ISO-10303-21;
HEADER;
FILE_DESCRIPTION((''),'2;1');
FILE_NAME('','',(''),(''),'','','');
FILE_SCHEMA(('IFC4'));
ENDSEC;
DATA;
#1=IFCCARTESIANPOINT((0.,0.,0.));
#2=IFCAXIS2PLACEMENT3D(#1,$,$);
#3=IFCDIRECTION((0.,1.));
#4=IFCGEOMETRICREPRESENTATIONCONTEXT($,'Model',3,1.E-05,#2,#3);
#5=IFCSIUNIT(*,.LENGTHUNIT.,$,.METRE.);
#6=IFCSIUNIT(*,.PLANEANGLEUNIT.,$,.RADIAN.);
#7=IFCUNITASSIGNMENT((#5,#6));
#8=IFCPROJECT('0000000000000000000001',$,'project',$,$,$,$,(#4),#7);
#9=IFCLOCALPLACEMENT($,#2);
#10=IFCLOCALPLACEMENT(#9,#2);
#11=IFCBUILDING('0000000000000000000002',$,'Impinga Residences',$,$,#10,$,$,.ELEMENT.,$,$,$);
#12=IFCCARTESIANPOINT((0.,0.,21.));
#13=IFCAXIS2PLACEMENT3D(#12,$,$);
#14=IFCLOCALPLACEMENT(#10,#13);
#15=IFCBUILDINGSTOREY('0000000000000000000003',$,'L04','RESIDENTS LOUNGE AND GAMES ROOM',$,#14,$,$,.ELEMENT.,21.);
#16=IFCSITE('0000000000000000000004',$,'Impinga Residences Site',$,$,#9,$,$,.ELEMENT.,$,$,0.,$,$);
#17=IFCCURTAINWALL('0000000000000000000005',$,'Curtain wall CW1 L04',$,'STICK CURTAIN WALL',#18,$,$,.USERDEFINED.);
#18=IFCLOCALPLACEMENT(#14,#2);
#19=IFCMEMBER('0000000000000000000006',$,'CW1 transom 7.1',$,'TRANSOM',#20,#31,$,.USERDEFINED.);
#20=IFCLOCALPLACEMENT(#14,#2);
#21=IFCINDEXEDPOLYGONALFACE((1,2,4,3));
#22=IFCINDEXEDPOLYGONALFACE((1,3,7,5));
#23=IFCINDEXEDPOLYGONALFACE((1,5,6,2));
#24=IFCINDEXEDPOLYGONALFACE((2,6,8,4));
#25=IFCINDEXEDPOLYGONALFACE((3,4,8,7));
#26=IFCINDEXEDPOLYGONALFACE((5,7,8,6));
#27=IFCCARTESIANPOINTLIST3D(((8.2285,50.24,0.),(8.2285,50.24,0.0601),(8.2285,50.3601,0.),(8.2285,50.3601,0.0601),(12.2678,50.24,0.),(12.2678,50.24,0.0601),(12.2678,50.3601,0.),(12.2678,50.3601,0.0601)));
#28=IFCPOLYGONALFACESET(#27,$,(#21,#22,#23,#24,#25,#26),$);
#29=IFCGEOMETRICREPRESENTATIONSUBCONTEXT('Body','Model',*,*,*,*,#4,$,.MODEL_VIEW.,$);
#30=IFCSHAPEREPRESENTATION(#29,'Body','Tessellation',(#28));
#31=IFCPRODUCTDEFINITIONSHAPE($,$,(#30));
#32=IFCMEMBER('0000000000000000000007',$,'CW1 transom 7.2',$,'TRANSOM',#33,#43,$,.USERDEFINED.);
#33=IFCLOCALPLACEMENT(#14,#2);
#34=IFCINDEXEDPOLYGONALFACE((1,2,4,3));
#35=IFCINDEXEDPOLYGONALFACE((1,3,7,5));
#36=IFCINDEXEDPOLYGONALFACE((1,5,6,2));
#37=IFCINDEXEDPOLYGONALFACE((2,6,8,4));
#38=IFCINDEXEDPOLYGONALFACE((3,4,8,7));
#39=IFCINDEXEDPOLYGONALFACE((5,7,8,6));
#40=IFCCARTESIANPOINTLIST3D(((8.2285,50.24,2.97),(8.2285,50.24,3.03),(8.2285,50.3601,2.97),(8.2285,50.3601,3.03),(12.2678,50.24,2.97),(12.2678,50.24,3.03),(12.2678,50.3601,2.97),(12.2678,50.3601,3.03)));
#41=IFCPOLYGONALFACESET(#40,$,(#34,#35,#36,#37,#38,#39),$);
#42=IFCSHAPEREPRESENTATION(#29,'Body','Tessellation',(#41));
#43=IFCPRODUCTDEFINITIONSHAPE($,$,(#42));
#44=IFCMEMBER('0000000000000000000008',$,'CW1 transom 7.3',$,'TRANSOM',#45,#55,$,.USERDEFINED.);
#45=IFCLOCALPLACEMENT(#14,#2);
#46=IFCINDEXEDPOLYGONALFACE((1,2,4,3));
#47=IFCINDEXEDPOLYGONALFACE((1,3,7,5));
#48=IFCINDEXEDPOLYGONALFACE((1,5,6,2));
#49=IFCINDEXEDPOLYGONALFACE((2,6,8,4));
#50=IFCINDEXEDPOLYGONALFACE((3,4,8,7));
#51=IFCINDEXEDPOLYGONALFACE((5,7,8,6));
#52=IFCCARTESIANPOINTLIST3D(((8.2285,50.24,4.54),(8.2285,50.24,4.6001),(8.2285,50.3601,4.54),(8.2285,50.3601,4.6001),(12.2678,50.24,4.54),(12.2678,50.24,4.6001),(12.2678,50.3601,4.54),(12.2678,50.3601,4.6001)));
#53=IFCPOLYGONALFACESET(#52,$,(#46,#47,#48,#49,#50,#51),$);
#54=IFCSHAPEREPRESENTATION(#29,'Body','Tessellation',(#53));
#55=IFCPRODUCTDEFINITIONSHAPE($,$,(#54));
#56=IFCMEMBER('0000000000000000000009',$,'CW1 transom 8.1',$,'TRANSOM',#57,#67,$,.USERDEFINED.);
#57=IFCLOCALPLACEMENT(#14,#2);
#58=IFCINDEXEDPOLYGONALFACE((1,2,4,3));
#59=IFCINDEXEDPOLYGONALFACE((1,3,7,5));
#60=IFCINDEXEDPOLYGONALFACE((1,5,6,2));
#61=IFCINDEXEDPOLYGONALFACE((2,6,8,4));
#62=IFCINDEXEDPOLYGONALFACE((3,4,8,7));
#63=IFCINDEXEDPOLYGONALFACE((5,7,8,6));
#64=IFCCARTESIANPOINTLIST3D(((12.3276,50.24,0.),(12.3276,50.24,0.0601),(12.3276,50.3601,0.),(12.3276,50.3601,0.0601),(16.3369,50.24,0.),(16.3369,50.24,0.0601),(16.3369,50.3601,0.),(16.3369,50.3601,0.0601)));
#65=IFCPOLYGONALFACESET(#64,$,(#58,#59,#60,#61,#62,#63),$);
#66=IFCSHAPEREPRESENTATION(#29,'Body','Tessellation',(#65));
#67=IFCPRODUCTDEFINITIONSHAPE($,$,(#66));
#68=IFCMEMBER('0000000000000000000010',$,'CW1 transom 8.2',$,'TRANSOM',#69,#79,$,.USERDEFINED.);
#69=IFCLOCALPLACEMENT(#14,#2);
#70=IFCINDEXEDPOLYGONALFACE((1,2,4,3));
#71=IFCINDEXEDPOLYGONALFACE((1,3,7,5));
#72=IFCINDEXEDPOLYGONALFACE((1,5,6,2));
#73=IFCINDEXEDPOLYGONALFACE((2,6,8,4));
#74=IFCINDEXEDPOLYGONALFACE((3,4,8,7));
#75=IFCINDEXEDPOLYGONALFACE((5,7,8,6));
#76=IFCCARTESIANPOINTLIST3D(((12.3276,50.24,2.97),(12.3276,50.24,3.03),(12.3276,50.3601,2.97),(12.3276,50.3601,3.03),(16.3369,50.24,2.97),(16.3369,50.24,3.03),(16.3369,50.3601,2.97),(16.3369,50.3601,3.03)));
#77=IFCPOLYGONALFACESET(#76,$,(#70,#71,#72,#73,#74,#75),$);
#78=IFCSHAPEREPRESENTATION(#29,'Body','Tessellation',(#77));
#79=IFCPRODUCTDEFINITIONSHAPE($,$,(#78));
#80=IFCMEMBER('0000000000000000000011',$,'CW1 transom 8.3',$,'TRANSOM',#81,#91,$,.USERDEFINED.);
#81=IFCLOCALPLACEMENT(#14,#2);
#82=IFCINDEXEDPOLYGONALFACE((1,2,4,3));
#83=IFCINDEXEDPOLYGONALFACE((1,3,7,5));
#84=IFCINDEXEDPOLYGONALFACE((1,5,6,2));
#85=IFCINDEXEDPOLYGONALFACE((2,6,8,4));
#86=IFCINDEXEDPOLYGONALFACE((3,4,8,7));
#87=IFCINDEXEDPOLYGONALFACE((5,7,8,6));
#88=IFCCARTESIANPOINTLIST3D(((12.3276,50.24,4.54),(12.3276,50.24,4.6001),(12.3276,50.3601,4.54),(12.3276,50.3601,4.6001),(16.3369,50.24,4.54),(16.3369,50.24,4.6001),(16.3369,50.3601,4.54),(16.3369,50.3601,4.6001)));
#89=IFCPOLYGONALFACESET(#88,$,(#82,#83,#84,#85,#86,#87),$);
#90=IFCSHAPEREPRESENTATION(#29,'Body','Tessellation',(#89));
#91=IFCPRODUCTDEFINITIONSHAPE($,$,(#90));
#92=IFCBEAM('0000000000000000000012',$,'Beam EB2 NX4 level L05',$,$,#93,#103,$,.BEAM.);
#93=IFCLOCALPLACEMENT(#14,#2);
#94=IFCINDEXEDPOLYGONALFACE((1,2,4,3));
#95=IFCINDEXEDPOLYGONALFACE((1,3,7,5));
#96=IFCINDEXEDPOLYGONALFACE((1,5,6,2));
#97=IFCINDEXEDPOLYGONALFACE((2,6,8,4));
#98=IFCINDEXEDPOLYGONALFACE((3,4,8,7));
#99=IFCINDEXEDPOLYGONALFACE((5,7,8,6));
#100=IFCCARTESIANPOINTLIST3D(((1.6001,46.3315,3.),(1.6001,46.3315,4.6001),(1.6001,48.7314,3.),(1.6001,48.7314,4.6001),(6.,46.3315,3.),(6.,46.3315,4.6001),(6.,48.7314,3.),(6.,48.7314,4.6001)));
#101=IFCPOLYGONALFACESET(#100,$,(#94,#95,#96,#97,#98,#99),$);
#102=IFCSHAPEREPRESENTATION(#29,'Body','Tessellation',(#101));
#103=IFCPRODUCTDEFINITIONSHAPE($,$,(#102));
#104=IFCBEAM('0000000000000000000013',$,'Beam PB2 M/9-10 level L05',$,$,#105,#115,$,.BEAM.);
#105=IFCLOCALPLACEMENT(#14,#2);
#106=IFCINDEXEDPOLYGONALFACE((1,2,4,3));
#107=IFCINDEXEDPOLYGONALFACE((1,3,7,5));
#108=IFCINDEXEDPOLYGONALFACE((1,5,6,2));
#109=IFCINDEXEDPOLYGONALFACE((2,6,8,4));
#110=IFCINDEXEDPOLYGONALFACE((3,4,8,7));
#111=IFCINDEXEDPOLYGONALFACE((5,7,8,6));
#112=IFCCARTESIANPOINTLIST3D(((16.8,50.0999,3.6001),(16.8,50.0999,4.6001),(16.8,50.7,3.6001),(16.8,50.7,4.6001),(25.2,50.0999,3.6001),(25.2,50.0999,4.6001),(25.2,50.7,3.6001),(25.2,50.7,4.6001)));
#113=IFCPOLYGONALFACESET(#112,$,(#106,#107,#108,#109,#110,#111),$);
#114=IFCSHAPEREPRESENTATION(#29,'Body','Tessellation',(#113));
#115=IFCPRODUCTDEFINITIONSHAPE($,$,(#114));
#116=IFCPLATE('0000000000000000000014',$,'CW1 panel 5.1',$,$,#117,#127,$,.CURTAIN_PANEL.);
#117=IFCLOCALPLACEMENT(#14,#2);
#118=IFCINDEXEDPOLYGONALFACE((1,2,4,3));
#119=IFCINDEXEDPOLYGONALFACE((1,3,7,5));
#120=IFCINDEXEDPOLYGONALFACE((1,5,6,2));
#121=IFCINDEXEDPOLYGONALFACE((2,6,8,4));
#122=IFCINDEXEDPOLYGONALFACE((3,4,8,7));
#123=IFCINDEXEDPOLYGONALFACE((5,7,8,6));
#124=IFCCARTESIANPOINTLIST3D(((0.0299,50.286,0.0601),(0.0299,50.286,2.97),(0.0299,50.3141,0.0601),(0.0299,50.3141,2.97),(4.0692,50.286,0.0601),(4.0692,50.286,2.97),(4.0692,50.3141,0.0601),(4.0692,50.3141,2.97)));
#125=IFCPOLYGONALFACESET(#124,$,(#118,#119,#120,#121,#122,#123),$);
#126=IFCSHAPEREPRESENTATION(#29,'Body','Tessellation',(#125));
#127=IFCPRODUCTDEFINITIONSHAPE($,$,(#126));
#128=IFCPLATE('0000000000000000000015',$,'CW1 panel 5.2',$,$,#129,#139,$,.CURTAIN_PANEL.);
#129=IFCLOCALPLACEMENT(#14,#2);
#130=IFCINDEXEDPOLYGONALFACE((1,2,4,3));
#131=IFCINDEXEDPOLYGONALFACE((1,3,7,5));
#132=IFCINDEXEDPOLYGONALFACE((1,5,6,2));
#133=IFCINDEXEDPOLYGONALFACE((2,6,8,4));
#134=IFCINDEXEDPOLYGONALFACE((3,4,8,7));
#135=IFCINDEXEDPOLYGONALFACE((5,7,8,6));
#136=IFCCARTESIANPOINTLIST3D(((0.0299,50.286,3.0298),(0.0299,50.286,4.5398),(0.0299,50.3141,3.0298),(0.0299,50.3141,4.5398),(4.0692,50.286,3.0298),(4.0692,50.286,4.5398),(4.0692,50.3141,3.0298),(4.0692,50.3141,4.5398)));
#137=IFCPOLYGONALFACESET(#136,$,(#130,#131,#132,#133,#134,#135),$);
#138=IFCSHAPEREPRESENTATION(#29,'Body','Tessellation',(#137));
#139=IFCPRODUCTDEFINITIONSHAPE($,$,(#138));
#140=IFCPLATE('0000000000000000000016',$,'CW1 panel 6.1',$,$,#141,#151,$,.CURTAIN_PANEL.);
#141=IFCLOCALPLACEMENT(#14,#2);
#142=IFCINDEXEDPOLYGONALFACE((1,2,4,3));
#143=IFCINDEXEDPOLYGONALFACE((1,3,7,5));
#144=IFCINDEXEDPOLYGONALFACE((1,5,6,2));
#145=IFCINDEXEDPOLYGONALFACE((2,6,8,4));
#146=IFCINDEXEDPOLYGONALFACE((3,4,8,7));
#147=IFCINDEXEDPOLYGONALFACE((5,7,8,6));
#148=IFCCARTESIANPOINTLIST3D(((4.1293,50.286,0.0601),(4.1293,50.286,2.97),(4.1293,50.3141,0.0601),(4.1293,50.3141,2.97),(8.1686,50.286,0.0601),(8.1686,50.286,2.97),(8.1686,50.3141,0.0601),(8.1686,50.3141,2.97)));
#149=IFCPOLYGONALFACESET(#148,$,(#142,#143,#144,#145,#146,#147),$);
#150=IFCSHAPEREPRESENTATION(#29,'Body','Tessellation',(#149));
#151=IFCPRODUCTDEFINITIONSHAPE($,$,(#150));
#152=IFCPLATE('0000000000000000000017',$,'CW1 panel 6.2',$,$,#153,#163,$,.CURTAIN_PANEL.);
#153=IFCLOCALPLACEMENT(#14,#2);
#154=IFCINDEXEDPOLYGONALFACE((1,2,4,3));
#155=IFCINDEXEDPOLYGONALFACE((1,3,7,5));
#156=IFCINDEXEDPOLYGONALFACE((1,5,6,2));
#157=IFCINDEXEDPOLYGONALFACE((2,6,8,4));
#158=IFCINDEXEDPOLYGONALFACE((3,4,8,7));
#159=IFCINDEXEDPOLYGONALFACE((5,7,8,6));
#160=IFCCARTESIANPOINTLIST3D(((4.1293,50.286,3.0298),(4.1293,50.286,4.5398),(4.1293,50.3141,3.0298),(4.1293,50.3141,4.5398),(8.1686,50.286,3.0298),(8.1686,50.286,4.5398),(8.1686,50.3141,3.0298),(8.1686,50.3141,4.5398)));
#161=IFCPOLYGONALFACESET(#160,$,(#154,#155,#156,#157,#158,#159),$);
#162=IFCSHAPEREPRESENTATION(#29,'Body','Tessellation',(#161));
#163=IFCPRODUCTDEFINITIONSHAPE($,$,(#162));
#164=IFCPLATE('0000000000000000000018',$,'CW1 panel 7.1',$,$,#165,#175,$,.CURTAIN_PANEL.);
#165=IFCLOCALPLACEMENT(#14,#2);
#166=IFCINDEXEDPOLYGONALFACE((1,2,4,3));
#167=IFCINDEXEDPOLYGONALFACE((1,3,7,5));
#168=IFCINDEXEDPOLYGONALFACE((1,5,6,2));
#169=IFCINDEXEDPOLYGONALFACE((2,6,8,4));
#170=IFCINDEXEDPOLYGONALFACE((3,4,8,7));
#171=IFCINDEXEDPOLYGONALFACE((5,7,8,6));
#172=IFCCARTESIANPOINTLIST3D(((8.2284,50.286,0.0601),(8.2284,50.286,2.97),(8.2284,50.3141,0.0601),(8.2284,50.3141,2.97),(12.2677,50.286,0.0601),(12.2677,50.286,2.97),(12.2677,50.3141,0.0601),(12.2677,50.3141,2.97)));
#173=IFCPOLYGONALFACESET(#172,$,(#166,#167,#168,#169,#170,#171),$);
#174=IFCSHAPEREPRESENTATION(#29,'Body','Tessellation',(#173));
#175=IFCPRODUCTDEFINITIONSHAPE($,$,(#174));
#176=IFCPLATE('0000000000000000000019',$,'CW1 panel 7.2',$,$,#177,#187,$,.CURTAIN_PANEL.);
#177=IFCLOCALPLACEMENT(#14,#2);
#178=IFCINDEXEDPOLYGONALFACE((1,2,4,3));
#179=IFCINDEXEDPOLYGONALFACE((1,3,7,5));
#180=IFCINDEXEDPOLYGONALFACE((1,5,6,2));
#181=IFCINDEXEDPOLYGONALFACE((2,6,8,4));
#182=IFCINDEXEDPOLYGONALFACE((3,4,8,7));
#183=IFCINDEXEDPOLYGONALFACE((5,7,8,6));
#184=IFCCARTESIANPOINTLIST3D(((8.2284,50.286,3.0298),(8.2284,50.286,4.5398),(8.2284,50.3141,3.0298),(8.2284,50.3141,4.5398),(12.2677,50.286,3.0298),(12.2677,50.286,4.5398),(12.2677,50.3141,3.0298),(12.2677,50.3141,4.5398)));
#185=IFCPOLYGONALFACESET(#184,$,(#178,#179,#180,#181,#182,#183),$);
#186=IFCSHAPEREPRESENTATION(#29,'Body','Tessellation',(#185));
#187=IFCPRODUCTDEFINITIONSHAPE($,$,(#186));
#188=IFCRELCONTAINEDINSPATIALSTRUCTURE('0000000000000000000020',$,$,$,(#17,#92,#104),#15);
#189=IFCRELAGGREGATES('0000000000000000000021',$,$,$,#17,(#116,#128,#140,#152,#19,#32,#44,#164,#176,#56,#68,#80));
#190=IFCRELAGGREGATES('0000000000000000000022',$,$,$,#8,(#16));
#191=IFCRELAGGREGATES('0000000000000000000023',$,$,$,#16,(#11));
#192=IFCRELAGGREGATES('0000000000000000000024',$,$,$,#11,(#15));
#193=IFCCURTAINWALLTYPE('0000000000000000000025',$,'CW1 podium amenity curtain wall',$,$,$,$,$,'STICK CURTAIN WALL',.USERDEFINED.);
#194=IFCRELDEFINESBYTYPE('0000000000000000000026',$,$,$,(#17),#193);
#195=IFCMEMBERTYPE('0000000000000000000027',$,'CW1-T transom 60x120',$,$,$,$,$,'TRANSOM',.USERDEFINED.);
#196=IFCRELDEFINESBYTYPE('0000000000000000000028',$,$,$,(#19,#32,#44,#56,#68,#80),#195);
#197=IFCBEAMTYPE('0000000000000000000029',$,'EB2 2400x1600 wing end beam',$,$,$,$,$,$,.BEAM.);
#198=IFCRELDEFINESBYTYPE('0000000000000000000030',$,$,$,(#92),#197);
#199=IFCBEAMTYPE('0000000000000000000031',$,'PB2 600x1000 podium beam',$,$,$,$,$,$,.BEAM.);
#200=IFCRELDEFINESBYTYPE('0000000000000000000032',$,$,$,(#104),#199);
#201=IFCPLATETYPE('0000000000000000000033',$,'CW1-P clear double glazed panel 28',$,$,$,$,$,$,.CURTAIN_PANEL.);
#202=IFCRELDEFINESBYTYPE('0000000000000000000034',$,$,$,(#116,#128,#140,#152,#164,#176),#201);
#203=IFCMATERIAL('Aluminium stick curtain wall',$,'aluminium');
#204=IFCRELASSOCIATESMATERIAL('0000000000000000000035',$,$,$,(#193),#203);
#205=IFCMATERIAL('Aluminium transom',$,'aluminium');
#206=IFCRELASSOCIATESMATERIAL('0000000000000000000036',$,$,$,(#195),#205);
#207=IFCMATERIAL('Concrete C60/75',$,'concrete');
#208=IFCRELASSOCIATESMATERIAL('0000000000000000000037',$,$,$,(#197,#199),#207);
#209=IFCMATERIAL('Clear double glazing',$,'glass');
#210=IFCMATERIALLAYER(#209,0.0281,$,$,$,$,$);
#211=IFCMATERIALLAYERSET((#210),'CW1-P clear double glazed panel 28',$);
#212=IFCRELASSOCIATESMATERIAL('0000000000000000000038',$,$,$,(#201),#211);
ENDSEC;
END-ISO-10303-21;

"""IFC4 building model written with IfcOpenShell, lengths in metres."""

from ifc_helpers import new_model, si_unit, direction, frame, origin, origin_2d, place, context, subcontext, project, spatial, rectangle, extrude, material, layer, layer_set, material_profile, profile_set, type_object, element, aggregate, save


model = new_model("IFC4")

# Units and contexts
model_context = context("Model", 3, precision=1e-05, world=origin(), true_north=direction((0.0, 1.0)))
body_context = subcontext(model_context, "Body", "Model", "MODEL_VIEW")
ifc_project = project(units=[si_unit("LENGTHUNIT", "METRE"), si_unit("PLANEANGLEUNIT", "RADIAN")], contexts=[model_context])

# Site, building, storey
site_placement = place(None, origin())
site = spatial("IfcSite", under=ifc_project, at=site_placement, Name="Impinga Residences Site", CompositionType="ELEMENT", RefElevation=0.0)
building_placement = place(site_placement, origin())
building = spatial("IfcBuilding", under=site, at=building_placement, Name="Impinga Residences", CompositionType="ELEMENT")
storey_placement = place(building_placement, frame((0.0, 0.0, 21.0)))
storey = spatial("IfcBuildingStorey", under=building, at=storey_placement, Name="L04", Description="RESIDENTS LOUNGE AND GAMES ROOM", CompositionType="ELEMENT", Elevation=21.0)

# Shared definitions
ifc_material_1 = material(Name="Concrete C60/75", Category="concrete")

# Curtain wall, members
ifc_material_2 = material(Name="Aluminium stick curtain wall", Category="aluminium")
curtain_wall_type = type_object("IfcCurtainWallType", Name="CW1 podium amenity curtain wall", ElementType="STICK CURTAIN WALL", PredefinedType="USERDEFINED", material=ifc_material_2)
curtain_wall_placement = place(storey_placement, origin())
curtain_wall = element("IfcCurtainWall", 1, at=curtain_wall_placement, inside=storey, type_object=curtain_wall_type, Name="Curtain wall CW1 L04", ObjectType="STICK CURTAIN WALL", PredefinedType="USERDEFINED")
ifc_material_3 = material(Name="Aluminium transom", Category="aluminium")
ifc_material_profile_1 = material_profile(ifc_material_3, rectangle(XDim=0.0601, YDim=0.1201, at=origin_2d()), Name="60x120 transom")
ifc_profile_set_1 = profile_set([ifc_material_profile_1], Name="Aluminium transom")
member_type_1 = type_object("IfcMemberType", Name="CW1-T transom 60x120", ElementType="TRANSOM", PredefinedType="USERDEFINED", material=ifc_profile_set_1)
member_1_placement = place(storey_placement, frame((8.2285, 50.3, 0.03), z_axis=(1.0, 0.0, 0.0), x_axis=(0.0, 0.0, 1.0)))
member_1 = element("IfcMember", 2, at=member_1_placement, type_object=member_type_1, Name="CW1 transom 7.1", ObjectType="TRANSOM", PredefinedType="USERDEFINED", context=body_context, shape_type="SweptSolid", body=[
    extrude(rectangle(XDim=0.0601, YDim=0.1201, at=origin_2d()), origin(), (0.0, 0.0, 1.0), 4.0393),
])
member_2_placement = place(storey_placement, frame((8.2285, 50.3, 3.0), z_axis=(1.0, 0.0, 0.0), x_axis=(0.0, 0.0, 1.0)))
member_2 = element("IfcMember", 3, at=member_2_placement, type_object=member_type_1, Name="CW1 transom 7.2", ObjectType="TRANSOM", PredefinedType="USERDEFINED", context=body_context, shape_type="SweptSolid", body=[
    extrude(rectangle(XDim=0.0601, YDim=0.1201, at=origin_2d()), origin(), (0.0, 0.0, 1.0), 4.0393),
])
member_3_placement = place(storey_placement, frame((8.2285, 50.3, 4.5701), z_axis=(1.0, 0.0, 0.0), x_axis=(0.0, 0.0, 1.0)))
member_3 = element("IfcMember", 4, at=member_3_placement, type_object=member_type_1, Name="CW1 transom 7.3", ObjectType="TRANSOM", PredefinedType="USERDEFINED", context=body_context, shape_type="SweptSolid", body=[
    extrude(rectangle(XDim=0.0601, YDim=0.1201, at=origin_2d()), origin(), (0.0, 0.0, 1.0), 4.0393),
])
member_4_placement = place(storey_placement, frame((12.3276, 50.3, 0.03), z_axis=(1.0, 0.0, 0.0), x_axis=(0.0, 0.0, 1.0)))
member_4 = element("IfcMember", 5, at=member_4_placement, type_object=member_type_1, Name="CW1 transom 8.1", ObjectType="TRANSOM", PredefinedType="USERDEFINED", context=body_context, shape_type="SweptSolid", body=[
    extrude(rectangle(XDim=0.0601, YDim=0.1201, at=origin_2d()), origin(), (0.0, 0.0, 1.0), 4.0093),
])
member_5_placement = place(storey_placement, frame((12.3276, 50.3, 3.0), z_axis=(1.0, 0.0, 0.0), x_axis=(0.0, 0.0, 1.0)))
member_5 = element("IfcMember", 6, at=member_5_placement, type_object=member_type_1, Name="CW1 transom 8.2", ObjectType="TRANSOM", PredefinedType="USERDEFINED", context=body_context, shape_type="SweptSolid", body=[
    extrude(rectangle(XDim=0.0601, YDim=0.1201, at=origin_2d()), origin(), (0.0, 0.0, 1.0), 4.0093),
])
member_6_placement = place(storey_placement, frame((12.3276, 50.3, 4.5701), z_axis=(1.0, 0.0, 0.0), x_axis=(0.0, 0.0, 1.0)))
member_6 = element("IfcMember", 7, at=member_6_placement, type_object=member_type_1, Name="CW1 transom 8.3", ObjectType="TRANSOM", PredefinedType="USERDEFINED", context=body_context, shape_type="SweptSolid", body=[
    extrude(rectangle(XDim=0.0601, YDim=0.1201, at=origin_2d()), origin(), (0.0, 0.0, 1.0), 4.0093),
])

# Beams
ifc_material_profile_2 = material_profile(ifc_material_1, rectangle(XDim=2.3999, YDim=1.6001, at=origin_2d()), Name="RC 2400x1600")
ifc_profile_set_2 = profile_set([ifc_material_profile_2], Name="Concrete C60/75")
beam_type_1 = type_object("IfcBeamType", Name="EB2 2400x1600 wing end beam", PredefinedType="BEAM", material=ifc_profile_set_2)
beam_1_placement = place(storey_placement, frame((1.6001, 47.5315, 3.8), z_axis=(1.0, 0.0, 0.0), x_axis=(0.0, 1.0, 0.0)))
element("IfcBeam", 8, at=beam_1_placement, inside=storey, type_object=beam_type_1, Name="Beam EB2 NX4 level L05", PredefinedType="BEAM", context=body_context, shape_type="SweptSolid", body=[
    extrude(rectangle(XDim=2.3999, YDim=1.6001, at=origin_2d()), origin(), (0.0, 0.0, 1.0), 4.3999),
])
ifc_material_profile_3 = material_profile(ifc_material_1, rectangle(XDim=0.6001, YDim=1.0, at=origin_2d()), Name="RC 600x1000")
ifc_profile_set_3 = profile_set([ifc_material_profile_3], Name="Concrete C60/75")
beam_type_2 = type_object("IfcBeamType", Name="PB2 600x1000 podium beam", PredefinedType="BEAM", material=ifc_profile_set_3)
beam_2_placement = place(storey_placement, frame((16.8, 50.3999, 4.1001), z_axis=(1.0, 0.0, 0.0), x_axis=(0.0, 1.0, 0.0)))
element("IfcBeam", 9, at=beam_2_placement, inside=storey, type_object=beam_type_2, Name="Beam PB2 M/9-10 level L05", PredefinedType="BEAM", context=body_context, shape_type="SweptSolid", body=[
    extrude(rectangle(XDim=0.6001, YDim=1.0, at=origin_2d()), origin(), (0.0, 0.0, 1.0), 8.3999),
])

# Plates
ifc_material_4 = material(Name="Clear double glazing", Category="glass")
ifc_layer_1 = layer(ifc_material_4, 0.0281)
ifc_layer_set_1 = layer_set([ifc_layer_1], Name="CW1-P clear double glazed panel 28")
plate_type = type_object("IfcPlateType", Name="CW1-P clear double glazed panel 28", PredefinedType="CURTAIN_PANEL", material=ifc_layer_set_1)
plate_1_placement = place(storey_placement, frame((2.0496, 50.3, 0.0601), z_axis=(0.0, 0.0, 1.0), x_axis=(1.0, 0.0, 0.0)))
plate_1 = element("IfcPlate", 10, at=plate_1_placement, type_object=plate_type, Name="CW1 panel 5.1", PredefinedType="CURTAIN_PANEL", context=body_context, shape_type="SweptSolid", body=[
    extrude(rectangle(XDim=4.0393, YDim=0.0281, at=origin_2d()), origin(), (0.0, 0.0, 1.0), 2.9099),
])
plate_2_placement = place(storey_placement, frame((2.0496, 50.3, 3.0298), z_axis=(0.0, 0.0, 1.0), x_axis=(1.0, 0.0, 0.0)))
plate_2 = element("IfcPlate", 11, at=plate_2_placement, type_object=plate_type, Name="CW1 panel 5.2", PredefinedType="CURTAIN_PANEL", context=body_context, shape_type="SweptSolid", body=[
    extrude(rectangle(XDim=4.0393, YDim=0.0281, at=origin_2d()), origin(), (0.0, 0.0, 1.0), 1.51),
])
plate_3_placement = place(storey_placement, frame((6.1489, 50.3, 0.0601), z_axis=(0.0, 0.0, 1.0), x_axis=(1.0, 0.0, 0.0)))
plate_3 = element("IfcPlate", 12, at=plate_3_placement, type_object=plate_type, Name="CW1 panel 6.1", PredefinedType="CURTAIN_PANEL", context=body_context, shape_type="SweptSolid", body=[
    extrude(rectangle(XDim=4.0393, YDim=0.0281, at=origin_2d()), origin(), (0.0, 0.0, 1.0), 2.9099),
])
plate_4_placement = place(storey_placement, frame((6.1489, 50.3, 3.0298), z_axis=(0.0, 0.0, 1.0), x_axis=(1.0, 0.0, 0.0)))
plate_4 = element("IfcPlate", 13, at=plate_4_placement, type_object=plate_type, Name="CW1 panel 6.2", PredefinedType="CURTAIN_PANEL", context=body_context, shape_type="SweptSolid", body=[
    extrude(rectangle(XDim=4.0393, YDim=0.0281, at=origin_2d()), origin(), (0.0, 0.0, 1.0), 1.51),
])
plate_5_placement = place(storey_placement, frame((10.248, 50.3, 0.0601), z_axis=(0.0, 0.0, 1.0), x_axis=(1.0, 0.0, 0.0)))
plate_5 = element("IfcPlate", 14, at=plate_5_placement, type_object=plate_type, Name="CW1 panel 7.1", PredefinedType="CURTAIN_PANEL", context=body_context, shape_type="SweptSolid", body=[
    extrude(rectangle(XDim=4.0393, YDim=0.0281, at=origin_2d()), origin(), (0.0, 0.0, 1.0), 2.9099),
])
plate_6_placement = place(storey_placement, frame((10.248, 50.3, 3.0298), z_axis=(0.0, 0.0, 1.0), x_axis=(1.0, 0.0, 0.0)))
plate_6 = element("IfcPlate", 15, at=plate_6_placement, type_object=plate_type, Name="CW1 panel 7.2", PredefinedType="CURTAIN_PANEL", context=body_context, shape_type="SweptSolid", body=[
    extrude(rectangle(XDim=4.0393, YDim=0.0281, at=origin_2d()), origin(), (0.0, 0.0, 1.0), 1.51),
])
aggregate(curtain_wall, [plate_1, plate_2, plate_3, plate_4, member_1, member_2, member_3, plate_5, plate_6, member_4, member_5, member_6])

save(model, "model.ifc")
